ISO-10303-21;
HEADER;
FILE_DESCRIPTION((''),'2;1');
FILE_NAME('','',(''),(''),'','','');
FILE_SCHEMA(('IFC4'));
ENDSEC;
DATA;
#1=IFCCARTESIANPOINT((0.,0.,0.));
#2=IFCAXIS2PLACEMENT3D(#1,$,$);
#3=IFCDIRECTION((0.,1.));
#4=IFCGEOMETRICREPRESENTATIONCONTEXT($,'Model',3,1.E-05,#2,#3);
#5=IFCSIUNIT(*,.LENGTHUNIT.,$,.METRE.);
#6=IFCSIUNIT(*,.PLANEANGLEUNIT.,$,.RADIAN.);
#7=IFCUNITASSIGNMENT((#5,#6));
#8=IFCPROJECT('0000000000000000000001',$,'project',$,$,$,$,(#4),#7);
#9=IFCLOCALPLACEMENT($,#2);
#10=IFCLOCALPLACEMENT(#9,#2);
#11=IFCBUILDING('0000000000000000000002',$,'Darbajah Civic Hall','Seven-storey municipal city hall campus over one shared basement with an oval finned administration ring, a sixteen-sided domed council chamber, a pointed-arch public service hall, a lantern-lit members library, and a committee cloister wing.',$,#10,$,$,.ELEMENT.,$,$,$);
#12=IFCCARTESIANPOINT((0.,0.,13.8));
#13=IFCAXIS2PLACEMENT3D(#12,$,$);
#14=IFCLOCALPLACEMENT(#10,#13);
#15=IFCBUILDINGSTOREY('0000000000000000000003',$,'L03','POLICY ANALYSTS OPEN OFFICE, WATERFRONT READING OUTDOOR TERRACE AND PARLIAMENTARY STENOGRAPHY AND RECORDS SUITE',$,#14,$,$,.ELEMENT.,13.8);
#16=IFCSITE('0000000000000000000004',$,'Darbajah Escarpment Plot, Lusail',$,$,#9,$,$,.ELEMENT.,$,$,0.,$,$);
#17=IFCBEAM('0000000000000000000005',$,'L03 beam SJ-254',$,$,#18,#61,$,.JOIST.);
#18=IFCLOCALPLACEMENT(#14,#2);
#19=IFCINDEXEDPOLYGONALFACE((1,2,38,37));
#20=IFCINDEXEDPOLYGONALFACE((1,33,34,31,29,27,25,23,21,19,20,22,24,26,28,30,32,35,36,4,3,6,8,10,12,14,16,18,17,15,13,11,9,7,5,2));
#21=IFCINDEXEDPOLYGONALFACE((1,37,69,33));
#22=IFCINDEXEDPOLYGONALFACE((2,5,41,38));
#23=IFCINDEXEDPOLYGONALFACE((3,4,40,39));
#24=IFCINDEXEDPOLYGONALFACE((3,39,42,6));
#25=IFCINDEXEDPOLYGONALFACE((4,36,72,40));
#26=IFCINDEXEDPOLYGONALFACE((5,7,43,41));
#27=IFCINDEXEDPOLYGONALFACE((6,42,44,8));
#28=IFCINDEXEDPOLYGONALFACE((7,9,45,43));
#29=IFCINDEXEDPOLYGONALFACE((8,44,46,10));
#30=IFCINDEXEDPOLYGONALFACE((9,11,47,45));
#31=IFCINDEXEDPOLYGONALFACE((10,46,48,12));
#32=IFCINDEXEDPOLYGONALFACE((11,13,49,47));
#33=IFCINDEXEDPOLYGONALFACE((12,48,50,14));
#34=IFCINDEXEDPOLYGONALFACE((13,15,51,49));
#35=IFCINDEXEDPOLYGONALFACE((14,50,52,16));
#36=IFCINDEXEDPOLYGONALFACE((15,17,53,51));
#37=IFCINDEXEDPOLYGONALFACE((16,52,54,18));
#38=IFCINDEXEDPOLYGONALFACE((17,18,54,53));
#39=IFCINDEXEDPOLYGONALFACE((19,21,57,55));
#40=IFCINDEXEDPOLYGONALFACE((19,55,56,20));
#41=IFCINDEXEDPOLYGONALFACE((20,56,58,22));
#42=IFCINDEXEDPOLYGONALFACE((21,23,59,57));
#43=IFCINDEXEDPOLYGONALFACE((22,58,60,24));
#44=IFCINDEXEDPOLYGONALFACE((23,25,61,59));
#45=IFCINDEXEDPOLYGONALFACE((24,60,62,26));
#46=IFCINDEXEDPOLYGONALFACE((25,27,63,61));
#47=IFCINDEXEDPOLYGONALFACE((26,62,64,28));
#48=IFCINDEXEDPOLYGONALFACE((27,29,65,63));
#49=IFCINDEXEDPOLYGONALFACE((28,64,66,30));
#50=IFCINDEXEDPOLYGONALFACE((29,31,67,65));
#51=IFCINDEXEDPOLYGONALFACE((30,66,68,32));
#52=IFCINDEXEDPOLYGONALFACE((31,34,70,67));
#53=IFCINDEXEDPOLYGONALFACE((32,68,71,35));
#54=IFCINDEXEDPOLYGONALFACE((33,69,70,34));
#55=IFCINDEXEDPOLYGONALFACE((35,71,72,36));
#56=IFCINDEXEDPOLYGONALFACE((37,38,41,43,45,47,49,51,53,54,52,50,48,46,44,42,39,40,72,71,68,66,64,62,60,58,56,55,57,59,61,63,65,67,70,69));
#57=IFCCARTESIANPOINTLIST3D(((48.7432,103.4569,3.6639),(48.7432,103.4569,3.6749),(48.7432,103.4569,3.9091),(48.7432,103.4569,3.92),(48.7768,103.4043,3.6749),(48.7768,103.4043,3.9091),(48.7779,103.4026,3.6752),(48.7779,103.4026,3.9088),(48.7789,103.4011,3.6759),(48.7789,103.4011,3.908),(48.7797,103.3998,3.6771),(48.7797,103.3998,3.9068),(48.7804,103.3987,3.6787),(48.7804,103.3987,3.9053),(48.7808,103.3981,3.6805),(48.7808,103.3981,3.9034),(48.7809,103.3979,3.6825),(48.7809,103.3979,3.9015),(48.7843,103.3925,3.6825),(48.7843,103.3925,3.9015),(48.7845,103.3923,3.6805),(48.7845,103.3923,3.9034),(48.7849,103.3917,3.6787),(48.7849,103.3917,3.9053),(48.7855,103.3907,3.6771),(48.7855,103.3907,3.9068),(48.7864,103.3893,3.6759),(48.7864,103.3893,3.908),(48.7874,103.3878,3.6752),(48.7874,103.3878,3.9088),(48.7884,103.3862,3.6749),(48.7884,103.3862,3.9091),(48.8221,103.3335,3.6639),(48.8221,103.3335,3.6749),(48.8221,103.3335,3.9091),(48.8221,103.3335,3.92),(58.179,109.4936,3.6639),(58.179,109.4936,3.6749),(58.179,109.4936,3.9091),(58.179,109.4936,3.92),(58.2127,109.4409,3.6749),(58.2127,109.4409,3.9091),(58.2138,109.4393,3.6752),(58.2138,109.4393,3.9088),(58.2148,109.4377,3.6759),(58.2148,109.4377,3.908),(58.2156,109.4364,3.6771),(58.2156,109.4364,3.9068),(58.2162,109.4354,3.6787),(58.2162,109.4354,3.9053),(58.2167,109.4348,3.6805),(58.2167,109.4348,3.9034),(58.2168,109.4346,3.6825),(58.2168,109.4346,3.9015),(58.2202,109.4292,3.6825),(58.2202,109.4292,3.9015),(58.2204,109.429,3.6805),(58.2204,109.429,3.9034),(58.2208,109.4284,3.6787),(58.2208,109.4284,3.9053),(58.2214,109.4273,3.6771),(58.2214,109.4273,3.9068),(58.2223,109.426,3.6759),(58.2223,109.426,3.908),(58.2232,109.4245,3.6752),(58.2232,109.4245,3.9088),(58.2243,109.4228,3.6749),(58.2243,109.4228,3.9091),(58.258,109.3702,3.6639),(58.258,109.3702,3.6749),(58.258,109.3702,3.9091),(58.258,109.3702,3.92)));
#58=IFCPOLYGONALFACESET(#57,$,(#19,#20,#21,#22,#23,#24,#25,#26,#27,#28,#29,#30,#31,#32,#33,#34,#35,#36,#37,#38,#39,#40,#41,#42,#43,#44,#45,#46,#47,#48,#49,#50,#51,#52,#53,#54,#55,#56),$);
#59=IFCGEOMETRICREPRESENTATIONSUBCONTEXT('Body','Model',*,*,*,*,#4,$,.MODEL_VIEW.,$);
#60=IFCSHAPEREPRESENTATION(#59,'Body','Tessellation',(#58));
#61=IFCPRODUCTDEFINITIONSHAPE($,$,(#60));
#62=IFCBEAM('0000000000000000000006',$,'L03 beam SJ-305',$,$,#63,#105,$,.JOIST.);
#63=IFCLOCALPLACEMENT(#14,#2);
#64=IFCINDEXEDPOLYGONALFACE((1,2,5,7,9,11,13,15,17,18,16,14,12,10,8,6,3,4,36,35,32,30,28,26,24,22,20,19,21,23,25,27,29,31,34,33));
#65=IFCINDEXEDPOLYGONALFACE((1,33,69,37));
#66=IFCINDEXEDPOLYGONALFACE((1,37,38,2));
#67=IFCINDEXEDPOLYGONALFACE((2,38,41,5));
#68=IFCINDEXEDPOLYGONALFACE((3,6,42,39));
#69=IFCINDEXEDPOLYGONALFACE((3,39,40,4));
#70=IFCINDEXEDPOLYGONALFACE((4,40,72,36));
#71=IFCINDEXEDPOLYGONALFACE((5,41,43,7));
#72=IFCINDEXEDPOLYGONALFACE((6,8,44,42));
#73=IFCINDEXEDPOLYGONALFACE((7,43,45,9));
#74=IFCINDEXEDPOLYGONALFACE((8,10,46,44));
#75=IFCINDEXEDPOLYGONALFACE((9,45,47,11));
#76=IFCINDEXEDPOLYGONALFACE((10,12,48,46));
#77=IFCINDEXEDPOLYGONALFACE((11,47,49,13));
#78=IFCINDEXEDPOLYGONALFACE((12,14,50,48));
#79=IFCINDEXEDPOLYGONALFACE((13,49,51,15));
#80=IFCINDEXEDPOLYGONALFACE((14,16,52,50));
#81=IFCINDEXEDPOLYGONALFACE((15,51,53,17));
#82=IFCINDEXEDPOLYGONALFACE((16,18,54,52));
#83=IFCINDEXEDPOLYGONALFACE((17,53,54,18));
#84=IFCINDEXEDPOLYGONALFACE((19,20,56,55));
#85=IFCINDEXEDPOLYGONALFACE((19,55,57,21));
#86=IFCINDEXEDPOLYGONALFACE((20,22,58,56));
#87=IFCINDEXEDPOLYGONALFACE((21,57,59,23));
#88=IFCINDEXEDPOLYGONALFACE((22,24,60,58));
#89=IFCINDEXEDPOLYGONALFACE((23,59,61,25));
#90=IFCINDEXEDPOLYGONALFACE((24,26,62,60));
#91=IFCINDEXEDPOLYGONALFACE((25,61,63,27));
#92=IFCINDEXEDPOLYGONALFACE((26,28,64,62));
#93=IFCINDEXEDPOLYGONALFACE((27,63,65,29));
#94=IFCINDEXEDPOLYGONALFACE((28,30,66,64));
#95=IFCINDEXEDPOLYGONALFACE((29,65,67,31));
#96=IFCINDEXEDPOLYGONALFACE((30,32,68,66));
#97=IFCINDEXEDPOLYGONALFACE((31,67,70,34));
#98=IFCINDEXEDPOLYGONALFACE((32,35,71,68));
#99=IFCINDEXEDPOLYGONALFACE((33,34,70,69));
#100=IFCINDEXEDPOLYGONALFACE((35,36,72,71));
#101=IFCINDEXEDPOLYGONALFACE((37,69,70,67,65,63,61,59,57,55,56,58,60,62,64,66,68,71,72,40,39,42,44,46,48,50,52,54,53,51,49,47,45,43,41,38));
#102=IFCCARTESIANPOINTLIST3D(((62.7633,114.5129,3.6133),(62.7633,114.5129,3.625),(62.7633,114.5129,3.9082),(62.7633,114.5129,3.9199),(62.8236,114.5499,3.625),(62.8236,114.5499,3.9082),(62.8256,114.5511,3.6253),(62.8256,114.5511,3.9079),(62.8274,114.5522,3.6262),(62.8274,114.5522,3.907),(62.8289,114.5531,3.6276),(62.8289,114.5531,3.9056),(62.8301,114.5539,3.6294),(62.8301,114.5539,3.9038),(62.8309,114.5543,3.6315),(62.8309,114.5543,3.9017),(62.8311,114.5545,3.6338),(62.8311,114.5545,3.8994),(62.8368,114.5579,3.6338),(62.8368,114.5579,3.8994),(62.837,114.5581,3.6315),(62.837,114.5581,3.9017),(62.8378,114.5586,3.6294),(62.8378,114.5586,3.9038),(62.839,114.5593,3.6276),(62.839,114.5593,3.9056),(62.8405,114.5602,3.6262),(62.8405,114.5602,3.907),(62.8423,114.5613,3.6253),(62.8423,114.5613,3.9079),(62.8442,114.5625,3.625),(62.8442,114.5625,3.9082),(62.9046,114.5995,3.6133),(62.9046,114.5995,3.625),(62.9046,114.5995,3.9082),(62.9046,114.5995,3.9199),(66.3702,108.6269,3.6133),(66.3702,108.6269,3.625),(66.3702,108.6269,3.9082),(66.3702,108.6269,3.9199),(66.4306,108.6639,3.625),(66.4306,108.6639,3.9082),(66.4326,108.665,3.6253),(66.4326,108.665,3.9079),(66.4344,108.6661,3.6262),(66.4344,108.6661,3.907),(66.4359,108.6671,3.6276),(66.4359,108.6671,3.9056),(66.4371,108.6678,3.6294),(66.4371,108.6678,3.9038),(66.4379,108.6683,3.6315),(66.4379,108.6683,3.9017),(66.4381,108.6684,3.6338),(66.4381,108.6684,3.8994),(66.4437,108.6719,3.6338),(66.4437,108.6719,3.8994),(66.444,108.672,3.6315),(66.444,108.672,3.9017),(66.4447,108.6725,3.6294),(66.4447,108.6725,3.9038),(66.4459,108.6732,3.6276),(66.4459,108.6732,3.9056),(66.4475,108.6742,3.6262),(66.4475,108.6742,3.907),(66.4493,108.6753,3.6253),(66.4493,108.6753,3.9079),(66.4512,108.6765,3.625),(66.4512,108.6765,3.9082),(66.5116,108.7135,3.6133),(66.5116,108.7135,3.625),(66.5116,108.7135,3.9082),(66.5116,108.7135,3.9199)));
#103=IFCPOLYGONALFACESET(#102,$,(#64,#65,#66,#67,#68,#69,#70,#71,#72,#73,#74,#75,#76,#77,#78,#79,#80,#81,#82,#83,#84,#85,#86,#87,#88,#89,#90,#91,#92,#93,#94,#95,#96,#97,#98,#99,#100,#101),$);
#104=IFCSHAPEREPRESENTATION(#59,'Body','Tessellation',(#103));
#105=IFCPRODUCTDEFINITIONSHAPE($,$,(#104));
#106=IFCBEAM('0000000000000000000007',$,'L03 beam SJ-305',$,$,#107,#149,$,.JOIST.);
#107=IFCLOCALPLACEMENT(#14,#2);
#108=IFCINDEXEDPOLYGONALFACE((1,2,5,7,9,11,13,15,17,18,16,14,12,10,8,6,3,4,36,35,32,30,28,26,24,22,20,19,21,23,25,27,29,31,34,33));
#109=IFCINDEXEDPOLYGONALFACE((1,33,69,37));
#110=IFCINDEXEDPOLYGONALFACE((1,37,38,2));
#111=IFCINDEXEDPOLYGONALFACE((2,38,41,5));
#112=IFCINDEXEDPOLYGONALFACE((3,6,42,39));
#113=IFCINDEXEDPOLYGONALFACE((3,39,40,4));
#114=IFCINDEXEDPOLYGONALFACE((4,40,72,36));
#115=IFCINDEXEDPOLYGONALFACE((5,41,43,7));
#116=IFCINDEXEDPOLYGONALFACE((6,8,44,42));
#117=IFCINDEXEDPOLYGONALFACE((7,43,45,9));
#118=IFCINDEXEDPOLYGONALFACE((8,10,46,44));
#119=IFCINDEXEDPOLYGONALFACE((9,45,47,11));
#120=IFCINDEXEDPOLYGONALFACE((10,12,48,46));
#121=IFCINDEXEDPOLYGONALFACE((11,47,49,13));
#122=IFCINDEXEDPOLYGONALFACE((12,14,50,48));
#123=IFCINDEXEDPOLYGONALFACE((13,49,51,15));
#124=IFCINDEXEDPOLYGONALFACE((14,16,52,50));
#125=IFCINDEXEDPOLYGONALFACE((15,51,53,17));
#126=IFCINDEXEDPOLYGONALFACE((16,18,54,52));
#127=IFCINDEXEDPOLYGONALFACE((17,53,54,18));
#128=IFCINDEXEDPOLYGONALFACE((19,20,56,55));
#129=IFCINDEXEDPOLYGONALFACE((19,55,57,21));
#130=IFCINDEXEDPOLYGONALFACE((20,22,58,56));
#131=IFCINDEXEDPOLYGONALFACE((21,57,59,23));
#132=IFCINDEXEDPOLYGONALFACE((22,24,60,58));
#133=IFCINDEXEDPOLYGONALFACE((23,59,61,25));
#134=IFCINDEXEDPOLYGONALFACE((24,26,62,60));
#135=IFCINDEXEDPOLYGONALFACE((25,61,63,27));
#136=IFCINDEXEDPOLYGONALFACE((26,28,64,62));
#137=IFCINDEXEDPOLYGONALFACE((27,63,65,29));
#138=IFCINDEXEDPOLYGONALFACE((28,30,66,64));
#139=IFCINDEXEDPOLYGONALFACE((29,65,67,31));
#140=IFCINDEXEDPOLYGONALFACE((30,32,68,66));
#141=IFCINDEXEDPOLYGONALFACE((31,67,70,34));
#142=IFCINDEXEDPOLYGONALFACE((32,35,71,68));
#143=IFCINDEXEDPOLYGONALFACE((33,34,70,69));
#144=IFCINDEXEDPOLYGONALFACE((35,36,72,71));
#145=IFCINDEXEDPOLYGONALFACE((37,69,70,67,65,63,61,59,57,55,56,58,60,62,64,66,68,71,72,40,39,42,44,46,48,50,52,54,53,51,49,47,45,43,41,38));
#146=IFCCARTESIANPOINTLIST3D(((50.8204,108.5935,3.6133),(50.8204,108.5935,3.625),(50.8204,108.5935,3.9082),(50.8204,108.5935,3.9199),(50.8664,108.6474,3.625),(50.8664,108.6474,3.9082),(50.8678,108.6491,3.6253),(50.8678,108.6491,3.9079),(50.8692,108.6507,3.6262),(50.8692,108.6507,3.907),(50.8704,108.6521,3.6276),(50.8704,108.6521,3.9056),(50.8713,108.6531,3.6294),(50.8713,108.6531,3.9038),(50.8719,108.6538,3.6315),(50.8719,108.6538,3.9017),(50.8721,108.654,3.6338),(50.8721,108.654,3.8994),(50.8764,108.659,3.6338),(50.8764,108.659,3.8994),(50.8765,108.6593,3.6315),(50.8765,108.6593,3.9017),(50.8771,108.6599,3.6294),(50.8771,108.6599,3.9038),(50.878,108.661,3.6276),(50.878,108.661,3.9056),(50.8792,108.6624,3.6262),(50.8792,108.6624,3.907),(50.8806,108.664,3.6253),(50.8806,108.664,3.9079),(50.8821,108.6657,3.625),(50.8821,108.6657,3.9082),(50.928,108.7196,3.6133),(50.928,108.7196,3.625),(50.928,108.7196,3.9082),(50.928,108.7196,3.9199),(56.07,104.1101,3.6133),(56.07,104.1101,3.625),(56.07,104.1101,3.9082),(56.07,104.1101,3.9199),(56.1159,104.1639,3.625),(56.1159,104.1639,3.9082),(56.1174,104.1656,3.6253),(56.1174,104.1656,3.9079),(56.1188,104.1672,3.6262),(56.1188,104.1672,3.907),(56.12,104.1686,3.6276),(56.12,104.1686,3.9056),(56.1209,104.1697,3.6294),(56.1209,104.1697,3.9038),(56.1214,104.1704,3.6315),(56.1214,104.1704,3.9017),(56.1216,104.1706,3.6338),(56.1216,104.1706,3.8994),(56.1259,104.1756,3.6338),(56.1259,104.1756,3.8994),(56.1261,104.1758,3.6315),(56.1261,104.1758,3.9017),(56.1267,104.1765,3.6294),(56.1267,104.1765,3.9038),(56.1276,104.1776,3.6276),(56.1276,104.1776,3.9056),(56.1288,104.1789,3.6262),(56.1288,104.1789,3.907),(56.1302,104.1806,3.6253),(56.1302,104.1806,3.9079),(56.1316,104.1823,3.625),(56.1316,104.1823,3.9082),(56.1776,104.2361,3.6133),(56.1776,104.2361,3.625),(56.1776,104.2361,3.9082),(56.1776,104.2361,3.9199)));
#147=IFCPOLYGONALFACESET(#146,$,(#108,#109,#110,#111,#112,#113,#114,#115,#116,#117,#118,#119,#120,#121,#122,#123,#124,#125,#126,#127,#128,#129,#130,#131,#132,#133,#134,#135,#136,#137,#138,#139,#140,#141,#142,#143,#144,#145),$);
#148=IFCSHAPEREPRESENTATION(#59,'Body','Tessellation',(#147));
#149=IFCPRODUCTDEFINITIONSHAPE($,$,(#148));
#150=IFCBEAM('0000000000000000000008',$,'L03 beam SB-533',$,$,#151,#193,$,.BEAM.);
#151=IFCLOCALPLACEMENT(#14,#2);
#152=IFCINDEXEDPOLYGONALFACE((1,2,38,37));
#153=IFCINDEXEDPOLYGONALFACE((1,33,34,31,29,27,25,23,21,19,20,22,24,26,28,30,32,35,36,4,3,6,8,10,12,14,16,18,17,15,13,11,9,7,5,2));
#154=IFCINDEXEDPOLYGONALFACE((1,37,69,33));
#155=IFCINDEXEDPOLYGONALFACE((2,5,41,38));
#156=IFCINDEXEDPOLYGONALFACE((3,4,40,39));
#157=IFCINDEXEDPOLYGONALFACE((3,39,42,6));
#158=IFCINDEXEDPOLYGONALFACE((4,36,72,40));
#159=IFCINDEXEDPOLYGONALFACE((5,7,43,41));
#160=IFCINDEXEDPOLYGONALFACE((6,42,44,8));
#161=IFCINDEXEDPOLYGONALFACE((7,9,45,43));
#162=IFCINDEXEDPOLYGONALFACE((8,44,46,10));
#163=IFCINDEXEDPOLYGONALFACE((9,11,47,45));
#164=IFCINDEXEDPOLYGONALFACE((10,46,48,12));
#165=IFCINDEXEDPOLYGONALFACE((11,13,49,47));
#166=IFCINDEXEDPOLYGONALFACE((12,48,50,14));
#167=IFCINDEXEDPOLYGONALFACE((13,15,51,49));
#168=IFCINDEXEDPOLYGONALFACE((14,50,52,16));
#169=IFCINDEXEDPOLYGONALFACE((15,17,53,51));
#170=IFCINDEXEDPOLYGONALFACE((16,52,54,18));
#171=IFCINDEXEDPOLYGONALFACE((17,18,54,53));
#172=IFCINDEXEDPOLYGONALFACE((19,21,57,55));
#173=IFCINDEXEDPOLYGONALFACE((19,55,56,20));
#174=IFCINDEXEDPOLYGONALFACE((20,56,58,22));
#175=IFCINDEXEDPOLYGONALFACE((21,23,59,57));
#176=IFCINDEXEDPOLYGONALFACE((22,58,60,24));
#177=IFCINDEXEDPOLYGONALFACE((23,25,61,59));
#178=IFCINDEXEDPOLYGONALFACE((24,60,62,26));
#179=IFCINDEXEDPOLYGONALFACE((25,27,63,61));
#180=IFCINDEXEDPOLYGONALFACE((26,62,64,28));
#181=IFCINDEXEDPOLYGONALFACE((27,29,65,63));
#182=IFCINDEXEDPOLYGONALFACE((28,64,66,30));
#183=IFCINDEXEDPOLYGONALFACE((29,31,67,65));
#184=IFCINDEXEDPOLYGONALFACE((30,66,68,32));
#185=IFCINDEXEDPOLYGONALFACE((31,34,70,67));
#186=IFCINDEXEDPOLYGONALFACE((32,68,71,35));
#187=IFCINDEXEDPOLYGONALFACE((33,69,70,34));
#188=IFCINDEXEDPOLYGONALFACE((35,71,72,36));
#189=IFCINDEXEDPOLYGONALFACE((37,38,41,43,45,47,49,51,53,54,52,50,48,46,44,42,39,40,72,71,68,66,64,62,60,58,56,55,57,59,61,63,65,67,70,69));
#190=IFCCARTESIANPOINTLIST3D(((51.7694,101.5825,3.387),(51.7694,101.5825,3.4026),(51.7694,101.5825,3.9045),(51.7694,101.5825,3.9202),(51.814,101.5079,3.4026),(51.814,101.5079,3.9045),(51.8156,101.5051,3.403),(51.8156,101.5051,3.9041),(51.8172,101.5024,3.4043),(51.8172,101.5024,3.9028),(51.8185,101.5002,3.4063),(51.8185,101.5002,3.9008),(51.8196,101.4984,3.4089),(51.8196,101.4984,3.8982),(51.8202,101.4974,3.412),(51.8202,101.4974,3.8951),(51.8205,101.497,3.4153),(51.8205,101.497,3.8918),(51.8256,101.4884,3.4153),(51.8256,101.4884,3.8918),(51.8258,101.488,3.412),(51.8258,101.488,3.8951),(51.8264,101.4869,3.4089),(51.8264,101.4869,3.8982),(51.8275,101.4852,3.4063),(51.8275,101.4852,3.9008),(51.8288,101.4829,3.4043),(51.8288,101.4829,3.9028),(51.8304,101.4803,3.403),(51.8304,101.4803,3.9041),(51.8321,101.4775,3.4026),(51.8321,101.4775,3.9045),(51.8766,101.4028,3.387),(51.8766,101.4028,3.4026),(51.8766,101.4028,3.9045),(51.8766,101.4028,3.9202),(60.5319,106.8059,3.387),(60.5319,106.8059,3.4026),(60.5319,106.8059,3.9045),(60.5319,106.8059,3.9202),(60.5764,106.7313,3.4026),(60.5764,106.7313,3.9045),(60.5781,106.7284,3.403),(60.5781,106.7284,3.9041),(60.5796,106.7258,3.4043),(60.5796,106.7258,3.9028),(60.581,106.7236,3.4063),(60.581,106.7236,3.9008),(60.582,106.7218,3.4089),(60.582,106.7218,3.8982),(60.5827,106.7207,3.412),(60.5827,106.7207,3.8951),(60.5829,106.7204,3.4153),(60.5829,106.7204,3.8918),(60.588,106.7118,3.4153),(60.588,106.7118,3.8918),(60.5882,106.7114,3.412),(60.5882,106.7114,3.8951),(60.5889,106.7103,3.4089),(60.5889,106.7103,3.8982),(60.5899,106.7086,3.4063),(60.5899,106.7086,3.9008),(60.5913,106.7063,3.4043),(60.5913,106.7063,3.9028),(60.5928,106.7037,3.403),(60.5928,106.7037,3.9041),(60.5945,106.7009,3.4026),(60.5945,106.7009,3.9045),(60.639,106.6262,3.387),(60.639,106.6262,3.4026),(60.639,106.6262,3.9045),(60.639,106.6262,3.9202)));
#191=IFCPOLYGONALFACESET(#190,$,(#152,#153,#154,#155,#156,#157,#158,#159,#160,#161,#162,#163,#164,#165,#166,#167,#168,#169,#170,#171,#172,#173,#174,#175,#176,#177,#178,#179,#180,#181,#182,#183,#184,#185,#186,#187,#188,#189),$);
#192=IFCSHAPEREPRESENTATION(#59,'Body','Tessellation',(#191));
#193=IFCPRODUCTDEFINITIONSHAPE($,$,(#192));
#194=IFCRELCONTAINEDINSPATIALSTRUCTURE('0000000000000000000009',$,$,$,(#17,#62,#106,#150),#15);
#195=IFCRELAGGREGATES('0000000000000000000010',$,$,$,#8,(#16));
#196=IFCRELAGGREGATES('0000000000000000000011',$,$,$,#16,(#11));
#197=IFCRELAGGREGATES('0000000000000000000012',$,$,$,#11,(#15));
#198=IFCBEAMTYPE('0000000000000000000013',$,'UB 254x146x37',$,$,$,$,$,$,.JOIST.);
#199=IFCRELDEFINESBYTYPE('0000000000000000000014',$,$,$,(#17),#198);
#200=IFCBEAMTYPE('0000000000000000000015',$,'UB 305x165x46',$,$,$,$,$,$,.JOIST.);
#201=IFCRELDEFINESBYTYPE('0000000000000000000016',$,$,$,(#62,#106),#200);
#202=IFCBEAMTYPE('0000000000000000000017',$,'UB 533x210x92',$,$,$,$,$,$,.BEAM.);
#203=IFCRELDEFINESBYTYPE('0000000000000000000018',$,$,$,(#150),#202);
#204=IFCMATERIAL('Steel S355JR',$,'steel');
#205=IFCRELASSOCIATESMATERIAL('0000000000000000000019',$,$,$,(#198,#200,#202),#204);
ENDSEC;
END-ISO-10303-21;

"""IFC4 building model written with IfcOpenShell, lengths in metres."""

from ifc_helpers import new_model, si_unit, direction, frame, origin, origin_2d, place, context, subcontext, project, spatial, i_section, extrude, material, material_profile, profile_set, type_object, element, save


model = new_model("IFC4")

# Units and contexts
model_context = context("Model", 3, precision=1e-05, world=origin(), true_north=direction((0.0, 1.0)))
body_context = subcontext(model_context, "Body", "Model", "MODEL_VIEW")
ifc_project = project(units=[si_unit("LENGTHUNIT", "METRE"), si_unit("PLANEANGLEUNIT", "RADIAN")], contexts=[model_context])

# Site, building, storey
site_placement = place(None, origin())
site = spatial("IfcSite", under=ifc_project, at=site_placement, Name="Darbajah Escarpment Plot, Lusail", CompositionType="ELEMENT", RefElevation=0.0)
building_placement = place(site_placement, origin())
building = spatial("IfcBuilding", under=site, at=building_placement, Name="Darbajah Civic Hall", Description="Seven-storey municipal city hall campus over one shared basement with an oval finned administration ring, a sixteen-sided domed council chamber, a pointed-arch public service hall, a lantern-lit members library, and a committee cloister wing.", CompositionType="ELEMENT")
storey_placement = place(building_placement, frame((0.0, 0.0, 13.8)))
storey = spatial("IfcBuildingStorey", under=building, at=storey_placement, Name="L03", Description="POLICY ANALYSTS OPEN OFFICE, WATERFRONT READING OUTDOOR TERRACE AND PARLIAMENTARY STENOGRAPHY AND RECORDS SUITE", CompositionType="ELEMENT", Elevation=13.8)

# Beams
ifc_material_1 = material(Name="Steel S355JR", Category="steel")
ifc_material_profile_1 = material_profile(ifc_material_1, i_section(OverallWidth=0.1465, OverallDepth=0.2561, WebThickness=0.0063, FlangeThickness=0.011, FilletRadius=0.0076, at=origin_2d()), Name="UB 254x146x37")
ifc_profile_set_1 = profile_set([ifc_material_profile_1], Name="Steel S355JR")
beam_type_1 = type_object("IfcBeamType", Name="UB 254x146x37", PredefinedType="JOIST", material=ifc_profile_set_1)
beam_1_placement = place(storey_placement, frame((58.2185, 109.4319, 3.792), z_axis=(-0.842364, -0.538909, 0.0), x_axis=(0.538909, -0.842364, 0.0)))
element("IfcBeam", 1, at=beam_1_placement, inside=storey, type_object=beam_type_1, Name="L03 beam SJ-254", PredefinedType="JOIST", context=body_context, shape_type="SweptSolid", body=[
    extrude(i_section(OverallWidth=0.1465, OverallDepth=0.2561, WebThickness=0.0063, FlangeThickness=0.011, FilletRadius=0.0076, at=origin_2d()), origin(), (0.0, 0.0, 1.0), 11.2017),
])
ifc_material_profile_2 = material_profile(ifc_material_1, i_section(OverallWidth=0.1658, OverallDepth=0.3066, WebThickness=0.0066, FlangeThickness=0.0117, FilletRadius=0.0088, at=origin_2d()), Name="UB 305x165x46")
ifc_profile_set_2 = profile_set([ifc_material_profile_2], Name="Steel S355JR")
beam_type_2 = type_object("IfcBeamType", Name="UB 305x165x46", PredefinedType="JOIST", material=ifc_profile_set_2)
beam_2_placement = place(storey_placement, frame((66.4409, 108.6702, 3.7666), z_axis=(-0.522498, 0.85264, 0.0), x_axis=(-0.85264, -0.522498, 0.0)))
element("IfcBeam", 2, at=beam_2_placement, inside=storey, type_object=beam_type_2, Name="L03 beam SJ-305", PredefinedType="JOIST", context=body_context, shape_type="SweptSolid", body=[
    extrude(i_section(OverallWidth=0.1658, OverallDepth=0.3066, WebThickness=0.0066, FlangeThickness=0.0117, FilletRadius=0.0088, at=origin_2d()), origin(), (0.0, 0.0, 1.0), 6.9033),
])
beam_3_placement = place(storey_placement, frame((56.1238, 104.1731, 3.7666), z_axis=(-0.760414, 0.649439, 0.0), x_axis=(-0.649439, -0.760414, 0.0)))
element("IfcBeam", 3, at=beam_3_placement, inside=storey, type_object=beam_type_2, Name="L03 beam SJ-305", PredefinedType="JOIST", context=body_context, shape_type="SweptSolid", body=[
    extrude(i_section(OverallWidth=0.1658, OverallDepth=0.3066, WebThickness=0.0066, FlangeThickness=0.0117, FilletRadius=0.0088, at=origin_2d()), origin(), (0.0, 0.0, 1.0), 6.9036),
])
ifc_material_profile_3 = material_profile(ifc_material_1, i_section(OverallWidth=0.2092, OverallDepth=0.5332, WebThickness=0.01, FlangeThickness=0.0156, FilletRadius=0.0127, at=origin_2d()), Name="UB 533x210x92")
ifc_profile_set_3 = profile_set([ifc_material_profile_3], Name="Steel S355JR")
beam_type_3 = type_object("IfcBeamType", Name="UB 533x210x92", PredefinedType="BEAM", material=ifc_profile_set_3)
beam_4_placement = place(storey_placement, frame((60.5854, 106.7161, 3.6536), z_axis=(-0.858963, -0.512037, 0.0), x_axis=(0.512037, -0.858963, 0.0)))
element("IfcBeam", 4, at=beam_4_placement, inside=storey, type_object=beam_type_3, Name="L03 beam SB-533", PredefinedType="BEAM", context=body_context, shape_type="SweptSolid", body=[
    extrude(i_section(OverallWidth=0.2092, OverallDepth=0.5332, WebThickness=0.01, FlangeThickness=0.0156, FilletRadius=0.0127, at=origin_2d()), origin(), (0.0, 0.0, 1.0), 10.2012),
])

save(model, "model.ifc")
